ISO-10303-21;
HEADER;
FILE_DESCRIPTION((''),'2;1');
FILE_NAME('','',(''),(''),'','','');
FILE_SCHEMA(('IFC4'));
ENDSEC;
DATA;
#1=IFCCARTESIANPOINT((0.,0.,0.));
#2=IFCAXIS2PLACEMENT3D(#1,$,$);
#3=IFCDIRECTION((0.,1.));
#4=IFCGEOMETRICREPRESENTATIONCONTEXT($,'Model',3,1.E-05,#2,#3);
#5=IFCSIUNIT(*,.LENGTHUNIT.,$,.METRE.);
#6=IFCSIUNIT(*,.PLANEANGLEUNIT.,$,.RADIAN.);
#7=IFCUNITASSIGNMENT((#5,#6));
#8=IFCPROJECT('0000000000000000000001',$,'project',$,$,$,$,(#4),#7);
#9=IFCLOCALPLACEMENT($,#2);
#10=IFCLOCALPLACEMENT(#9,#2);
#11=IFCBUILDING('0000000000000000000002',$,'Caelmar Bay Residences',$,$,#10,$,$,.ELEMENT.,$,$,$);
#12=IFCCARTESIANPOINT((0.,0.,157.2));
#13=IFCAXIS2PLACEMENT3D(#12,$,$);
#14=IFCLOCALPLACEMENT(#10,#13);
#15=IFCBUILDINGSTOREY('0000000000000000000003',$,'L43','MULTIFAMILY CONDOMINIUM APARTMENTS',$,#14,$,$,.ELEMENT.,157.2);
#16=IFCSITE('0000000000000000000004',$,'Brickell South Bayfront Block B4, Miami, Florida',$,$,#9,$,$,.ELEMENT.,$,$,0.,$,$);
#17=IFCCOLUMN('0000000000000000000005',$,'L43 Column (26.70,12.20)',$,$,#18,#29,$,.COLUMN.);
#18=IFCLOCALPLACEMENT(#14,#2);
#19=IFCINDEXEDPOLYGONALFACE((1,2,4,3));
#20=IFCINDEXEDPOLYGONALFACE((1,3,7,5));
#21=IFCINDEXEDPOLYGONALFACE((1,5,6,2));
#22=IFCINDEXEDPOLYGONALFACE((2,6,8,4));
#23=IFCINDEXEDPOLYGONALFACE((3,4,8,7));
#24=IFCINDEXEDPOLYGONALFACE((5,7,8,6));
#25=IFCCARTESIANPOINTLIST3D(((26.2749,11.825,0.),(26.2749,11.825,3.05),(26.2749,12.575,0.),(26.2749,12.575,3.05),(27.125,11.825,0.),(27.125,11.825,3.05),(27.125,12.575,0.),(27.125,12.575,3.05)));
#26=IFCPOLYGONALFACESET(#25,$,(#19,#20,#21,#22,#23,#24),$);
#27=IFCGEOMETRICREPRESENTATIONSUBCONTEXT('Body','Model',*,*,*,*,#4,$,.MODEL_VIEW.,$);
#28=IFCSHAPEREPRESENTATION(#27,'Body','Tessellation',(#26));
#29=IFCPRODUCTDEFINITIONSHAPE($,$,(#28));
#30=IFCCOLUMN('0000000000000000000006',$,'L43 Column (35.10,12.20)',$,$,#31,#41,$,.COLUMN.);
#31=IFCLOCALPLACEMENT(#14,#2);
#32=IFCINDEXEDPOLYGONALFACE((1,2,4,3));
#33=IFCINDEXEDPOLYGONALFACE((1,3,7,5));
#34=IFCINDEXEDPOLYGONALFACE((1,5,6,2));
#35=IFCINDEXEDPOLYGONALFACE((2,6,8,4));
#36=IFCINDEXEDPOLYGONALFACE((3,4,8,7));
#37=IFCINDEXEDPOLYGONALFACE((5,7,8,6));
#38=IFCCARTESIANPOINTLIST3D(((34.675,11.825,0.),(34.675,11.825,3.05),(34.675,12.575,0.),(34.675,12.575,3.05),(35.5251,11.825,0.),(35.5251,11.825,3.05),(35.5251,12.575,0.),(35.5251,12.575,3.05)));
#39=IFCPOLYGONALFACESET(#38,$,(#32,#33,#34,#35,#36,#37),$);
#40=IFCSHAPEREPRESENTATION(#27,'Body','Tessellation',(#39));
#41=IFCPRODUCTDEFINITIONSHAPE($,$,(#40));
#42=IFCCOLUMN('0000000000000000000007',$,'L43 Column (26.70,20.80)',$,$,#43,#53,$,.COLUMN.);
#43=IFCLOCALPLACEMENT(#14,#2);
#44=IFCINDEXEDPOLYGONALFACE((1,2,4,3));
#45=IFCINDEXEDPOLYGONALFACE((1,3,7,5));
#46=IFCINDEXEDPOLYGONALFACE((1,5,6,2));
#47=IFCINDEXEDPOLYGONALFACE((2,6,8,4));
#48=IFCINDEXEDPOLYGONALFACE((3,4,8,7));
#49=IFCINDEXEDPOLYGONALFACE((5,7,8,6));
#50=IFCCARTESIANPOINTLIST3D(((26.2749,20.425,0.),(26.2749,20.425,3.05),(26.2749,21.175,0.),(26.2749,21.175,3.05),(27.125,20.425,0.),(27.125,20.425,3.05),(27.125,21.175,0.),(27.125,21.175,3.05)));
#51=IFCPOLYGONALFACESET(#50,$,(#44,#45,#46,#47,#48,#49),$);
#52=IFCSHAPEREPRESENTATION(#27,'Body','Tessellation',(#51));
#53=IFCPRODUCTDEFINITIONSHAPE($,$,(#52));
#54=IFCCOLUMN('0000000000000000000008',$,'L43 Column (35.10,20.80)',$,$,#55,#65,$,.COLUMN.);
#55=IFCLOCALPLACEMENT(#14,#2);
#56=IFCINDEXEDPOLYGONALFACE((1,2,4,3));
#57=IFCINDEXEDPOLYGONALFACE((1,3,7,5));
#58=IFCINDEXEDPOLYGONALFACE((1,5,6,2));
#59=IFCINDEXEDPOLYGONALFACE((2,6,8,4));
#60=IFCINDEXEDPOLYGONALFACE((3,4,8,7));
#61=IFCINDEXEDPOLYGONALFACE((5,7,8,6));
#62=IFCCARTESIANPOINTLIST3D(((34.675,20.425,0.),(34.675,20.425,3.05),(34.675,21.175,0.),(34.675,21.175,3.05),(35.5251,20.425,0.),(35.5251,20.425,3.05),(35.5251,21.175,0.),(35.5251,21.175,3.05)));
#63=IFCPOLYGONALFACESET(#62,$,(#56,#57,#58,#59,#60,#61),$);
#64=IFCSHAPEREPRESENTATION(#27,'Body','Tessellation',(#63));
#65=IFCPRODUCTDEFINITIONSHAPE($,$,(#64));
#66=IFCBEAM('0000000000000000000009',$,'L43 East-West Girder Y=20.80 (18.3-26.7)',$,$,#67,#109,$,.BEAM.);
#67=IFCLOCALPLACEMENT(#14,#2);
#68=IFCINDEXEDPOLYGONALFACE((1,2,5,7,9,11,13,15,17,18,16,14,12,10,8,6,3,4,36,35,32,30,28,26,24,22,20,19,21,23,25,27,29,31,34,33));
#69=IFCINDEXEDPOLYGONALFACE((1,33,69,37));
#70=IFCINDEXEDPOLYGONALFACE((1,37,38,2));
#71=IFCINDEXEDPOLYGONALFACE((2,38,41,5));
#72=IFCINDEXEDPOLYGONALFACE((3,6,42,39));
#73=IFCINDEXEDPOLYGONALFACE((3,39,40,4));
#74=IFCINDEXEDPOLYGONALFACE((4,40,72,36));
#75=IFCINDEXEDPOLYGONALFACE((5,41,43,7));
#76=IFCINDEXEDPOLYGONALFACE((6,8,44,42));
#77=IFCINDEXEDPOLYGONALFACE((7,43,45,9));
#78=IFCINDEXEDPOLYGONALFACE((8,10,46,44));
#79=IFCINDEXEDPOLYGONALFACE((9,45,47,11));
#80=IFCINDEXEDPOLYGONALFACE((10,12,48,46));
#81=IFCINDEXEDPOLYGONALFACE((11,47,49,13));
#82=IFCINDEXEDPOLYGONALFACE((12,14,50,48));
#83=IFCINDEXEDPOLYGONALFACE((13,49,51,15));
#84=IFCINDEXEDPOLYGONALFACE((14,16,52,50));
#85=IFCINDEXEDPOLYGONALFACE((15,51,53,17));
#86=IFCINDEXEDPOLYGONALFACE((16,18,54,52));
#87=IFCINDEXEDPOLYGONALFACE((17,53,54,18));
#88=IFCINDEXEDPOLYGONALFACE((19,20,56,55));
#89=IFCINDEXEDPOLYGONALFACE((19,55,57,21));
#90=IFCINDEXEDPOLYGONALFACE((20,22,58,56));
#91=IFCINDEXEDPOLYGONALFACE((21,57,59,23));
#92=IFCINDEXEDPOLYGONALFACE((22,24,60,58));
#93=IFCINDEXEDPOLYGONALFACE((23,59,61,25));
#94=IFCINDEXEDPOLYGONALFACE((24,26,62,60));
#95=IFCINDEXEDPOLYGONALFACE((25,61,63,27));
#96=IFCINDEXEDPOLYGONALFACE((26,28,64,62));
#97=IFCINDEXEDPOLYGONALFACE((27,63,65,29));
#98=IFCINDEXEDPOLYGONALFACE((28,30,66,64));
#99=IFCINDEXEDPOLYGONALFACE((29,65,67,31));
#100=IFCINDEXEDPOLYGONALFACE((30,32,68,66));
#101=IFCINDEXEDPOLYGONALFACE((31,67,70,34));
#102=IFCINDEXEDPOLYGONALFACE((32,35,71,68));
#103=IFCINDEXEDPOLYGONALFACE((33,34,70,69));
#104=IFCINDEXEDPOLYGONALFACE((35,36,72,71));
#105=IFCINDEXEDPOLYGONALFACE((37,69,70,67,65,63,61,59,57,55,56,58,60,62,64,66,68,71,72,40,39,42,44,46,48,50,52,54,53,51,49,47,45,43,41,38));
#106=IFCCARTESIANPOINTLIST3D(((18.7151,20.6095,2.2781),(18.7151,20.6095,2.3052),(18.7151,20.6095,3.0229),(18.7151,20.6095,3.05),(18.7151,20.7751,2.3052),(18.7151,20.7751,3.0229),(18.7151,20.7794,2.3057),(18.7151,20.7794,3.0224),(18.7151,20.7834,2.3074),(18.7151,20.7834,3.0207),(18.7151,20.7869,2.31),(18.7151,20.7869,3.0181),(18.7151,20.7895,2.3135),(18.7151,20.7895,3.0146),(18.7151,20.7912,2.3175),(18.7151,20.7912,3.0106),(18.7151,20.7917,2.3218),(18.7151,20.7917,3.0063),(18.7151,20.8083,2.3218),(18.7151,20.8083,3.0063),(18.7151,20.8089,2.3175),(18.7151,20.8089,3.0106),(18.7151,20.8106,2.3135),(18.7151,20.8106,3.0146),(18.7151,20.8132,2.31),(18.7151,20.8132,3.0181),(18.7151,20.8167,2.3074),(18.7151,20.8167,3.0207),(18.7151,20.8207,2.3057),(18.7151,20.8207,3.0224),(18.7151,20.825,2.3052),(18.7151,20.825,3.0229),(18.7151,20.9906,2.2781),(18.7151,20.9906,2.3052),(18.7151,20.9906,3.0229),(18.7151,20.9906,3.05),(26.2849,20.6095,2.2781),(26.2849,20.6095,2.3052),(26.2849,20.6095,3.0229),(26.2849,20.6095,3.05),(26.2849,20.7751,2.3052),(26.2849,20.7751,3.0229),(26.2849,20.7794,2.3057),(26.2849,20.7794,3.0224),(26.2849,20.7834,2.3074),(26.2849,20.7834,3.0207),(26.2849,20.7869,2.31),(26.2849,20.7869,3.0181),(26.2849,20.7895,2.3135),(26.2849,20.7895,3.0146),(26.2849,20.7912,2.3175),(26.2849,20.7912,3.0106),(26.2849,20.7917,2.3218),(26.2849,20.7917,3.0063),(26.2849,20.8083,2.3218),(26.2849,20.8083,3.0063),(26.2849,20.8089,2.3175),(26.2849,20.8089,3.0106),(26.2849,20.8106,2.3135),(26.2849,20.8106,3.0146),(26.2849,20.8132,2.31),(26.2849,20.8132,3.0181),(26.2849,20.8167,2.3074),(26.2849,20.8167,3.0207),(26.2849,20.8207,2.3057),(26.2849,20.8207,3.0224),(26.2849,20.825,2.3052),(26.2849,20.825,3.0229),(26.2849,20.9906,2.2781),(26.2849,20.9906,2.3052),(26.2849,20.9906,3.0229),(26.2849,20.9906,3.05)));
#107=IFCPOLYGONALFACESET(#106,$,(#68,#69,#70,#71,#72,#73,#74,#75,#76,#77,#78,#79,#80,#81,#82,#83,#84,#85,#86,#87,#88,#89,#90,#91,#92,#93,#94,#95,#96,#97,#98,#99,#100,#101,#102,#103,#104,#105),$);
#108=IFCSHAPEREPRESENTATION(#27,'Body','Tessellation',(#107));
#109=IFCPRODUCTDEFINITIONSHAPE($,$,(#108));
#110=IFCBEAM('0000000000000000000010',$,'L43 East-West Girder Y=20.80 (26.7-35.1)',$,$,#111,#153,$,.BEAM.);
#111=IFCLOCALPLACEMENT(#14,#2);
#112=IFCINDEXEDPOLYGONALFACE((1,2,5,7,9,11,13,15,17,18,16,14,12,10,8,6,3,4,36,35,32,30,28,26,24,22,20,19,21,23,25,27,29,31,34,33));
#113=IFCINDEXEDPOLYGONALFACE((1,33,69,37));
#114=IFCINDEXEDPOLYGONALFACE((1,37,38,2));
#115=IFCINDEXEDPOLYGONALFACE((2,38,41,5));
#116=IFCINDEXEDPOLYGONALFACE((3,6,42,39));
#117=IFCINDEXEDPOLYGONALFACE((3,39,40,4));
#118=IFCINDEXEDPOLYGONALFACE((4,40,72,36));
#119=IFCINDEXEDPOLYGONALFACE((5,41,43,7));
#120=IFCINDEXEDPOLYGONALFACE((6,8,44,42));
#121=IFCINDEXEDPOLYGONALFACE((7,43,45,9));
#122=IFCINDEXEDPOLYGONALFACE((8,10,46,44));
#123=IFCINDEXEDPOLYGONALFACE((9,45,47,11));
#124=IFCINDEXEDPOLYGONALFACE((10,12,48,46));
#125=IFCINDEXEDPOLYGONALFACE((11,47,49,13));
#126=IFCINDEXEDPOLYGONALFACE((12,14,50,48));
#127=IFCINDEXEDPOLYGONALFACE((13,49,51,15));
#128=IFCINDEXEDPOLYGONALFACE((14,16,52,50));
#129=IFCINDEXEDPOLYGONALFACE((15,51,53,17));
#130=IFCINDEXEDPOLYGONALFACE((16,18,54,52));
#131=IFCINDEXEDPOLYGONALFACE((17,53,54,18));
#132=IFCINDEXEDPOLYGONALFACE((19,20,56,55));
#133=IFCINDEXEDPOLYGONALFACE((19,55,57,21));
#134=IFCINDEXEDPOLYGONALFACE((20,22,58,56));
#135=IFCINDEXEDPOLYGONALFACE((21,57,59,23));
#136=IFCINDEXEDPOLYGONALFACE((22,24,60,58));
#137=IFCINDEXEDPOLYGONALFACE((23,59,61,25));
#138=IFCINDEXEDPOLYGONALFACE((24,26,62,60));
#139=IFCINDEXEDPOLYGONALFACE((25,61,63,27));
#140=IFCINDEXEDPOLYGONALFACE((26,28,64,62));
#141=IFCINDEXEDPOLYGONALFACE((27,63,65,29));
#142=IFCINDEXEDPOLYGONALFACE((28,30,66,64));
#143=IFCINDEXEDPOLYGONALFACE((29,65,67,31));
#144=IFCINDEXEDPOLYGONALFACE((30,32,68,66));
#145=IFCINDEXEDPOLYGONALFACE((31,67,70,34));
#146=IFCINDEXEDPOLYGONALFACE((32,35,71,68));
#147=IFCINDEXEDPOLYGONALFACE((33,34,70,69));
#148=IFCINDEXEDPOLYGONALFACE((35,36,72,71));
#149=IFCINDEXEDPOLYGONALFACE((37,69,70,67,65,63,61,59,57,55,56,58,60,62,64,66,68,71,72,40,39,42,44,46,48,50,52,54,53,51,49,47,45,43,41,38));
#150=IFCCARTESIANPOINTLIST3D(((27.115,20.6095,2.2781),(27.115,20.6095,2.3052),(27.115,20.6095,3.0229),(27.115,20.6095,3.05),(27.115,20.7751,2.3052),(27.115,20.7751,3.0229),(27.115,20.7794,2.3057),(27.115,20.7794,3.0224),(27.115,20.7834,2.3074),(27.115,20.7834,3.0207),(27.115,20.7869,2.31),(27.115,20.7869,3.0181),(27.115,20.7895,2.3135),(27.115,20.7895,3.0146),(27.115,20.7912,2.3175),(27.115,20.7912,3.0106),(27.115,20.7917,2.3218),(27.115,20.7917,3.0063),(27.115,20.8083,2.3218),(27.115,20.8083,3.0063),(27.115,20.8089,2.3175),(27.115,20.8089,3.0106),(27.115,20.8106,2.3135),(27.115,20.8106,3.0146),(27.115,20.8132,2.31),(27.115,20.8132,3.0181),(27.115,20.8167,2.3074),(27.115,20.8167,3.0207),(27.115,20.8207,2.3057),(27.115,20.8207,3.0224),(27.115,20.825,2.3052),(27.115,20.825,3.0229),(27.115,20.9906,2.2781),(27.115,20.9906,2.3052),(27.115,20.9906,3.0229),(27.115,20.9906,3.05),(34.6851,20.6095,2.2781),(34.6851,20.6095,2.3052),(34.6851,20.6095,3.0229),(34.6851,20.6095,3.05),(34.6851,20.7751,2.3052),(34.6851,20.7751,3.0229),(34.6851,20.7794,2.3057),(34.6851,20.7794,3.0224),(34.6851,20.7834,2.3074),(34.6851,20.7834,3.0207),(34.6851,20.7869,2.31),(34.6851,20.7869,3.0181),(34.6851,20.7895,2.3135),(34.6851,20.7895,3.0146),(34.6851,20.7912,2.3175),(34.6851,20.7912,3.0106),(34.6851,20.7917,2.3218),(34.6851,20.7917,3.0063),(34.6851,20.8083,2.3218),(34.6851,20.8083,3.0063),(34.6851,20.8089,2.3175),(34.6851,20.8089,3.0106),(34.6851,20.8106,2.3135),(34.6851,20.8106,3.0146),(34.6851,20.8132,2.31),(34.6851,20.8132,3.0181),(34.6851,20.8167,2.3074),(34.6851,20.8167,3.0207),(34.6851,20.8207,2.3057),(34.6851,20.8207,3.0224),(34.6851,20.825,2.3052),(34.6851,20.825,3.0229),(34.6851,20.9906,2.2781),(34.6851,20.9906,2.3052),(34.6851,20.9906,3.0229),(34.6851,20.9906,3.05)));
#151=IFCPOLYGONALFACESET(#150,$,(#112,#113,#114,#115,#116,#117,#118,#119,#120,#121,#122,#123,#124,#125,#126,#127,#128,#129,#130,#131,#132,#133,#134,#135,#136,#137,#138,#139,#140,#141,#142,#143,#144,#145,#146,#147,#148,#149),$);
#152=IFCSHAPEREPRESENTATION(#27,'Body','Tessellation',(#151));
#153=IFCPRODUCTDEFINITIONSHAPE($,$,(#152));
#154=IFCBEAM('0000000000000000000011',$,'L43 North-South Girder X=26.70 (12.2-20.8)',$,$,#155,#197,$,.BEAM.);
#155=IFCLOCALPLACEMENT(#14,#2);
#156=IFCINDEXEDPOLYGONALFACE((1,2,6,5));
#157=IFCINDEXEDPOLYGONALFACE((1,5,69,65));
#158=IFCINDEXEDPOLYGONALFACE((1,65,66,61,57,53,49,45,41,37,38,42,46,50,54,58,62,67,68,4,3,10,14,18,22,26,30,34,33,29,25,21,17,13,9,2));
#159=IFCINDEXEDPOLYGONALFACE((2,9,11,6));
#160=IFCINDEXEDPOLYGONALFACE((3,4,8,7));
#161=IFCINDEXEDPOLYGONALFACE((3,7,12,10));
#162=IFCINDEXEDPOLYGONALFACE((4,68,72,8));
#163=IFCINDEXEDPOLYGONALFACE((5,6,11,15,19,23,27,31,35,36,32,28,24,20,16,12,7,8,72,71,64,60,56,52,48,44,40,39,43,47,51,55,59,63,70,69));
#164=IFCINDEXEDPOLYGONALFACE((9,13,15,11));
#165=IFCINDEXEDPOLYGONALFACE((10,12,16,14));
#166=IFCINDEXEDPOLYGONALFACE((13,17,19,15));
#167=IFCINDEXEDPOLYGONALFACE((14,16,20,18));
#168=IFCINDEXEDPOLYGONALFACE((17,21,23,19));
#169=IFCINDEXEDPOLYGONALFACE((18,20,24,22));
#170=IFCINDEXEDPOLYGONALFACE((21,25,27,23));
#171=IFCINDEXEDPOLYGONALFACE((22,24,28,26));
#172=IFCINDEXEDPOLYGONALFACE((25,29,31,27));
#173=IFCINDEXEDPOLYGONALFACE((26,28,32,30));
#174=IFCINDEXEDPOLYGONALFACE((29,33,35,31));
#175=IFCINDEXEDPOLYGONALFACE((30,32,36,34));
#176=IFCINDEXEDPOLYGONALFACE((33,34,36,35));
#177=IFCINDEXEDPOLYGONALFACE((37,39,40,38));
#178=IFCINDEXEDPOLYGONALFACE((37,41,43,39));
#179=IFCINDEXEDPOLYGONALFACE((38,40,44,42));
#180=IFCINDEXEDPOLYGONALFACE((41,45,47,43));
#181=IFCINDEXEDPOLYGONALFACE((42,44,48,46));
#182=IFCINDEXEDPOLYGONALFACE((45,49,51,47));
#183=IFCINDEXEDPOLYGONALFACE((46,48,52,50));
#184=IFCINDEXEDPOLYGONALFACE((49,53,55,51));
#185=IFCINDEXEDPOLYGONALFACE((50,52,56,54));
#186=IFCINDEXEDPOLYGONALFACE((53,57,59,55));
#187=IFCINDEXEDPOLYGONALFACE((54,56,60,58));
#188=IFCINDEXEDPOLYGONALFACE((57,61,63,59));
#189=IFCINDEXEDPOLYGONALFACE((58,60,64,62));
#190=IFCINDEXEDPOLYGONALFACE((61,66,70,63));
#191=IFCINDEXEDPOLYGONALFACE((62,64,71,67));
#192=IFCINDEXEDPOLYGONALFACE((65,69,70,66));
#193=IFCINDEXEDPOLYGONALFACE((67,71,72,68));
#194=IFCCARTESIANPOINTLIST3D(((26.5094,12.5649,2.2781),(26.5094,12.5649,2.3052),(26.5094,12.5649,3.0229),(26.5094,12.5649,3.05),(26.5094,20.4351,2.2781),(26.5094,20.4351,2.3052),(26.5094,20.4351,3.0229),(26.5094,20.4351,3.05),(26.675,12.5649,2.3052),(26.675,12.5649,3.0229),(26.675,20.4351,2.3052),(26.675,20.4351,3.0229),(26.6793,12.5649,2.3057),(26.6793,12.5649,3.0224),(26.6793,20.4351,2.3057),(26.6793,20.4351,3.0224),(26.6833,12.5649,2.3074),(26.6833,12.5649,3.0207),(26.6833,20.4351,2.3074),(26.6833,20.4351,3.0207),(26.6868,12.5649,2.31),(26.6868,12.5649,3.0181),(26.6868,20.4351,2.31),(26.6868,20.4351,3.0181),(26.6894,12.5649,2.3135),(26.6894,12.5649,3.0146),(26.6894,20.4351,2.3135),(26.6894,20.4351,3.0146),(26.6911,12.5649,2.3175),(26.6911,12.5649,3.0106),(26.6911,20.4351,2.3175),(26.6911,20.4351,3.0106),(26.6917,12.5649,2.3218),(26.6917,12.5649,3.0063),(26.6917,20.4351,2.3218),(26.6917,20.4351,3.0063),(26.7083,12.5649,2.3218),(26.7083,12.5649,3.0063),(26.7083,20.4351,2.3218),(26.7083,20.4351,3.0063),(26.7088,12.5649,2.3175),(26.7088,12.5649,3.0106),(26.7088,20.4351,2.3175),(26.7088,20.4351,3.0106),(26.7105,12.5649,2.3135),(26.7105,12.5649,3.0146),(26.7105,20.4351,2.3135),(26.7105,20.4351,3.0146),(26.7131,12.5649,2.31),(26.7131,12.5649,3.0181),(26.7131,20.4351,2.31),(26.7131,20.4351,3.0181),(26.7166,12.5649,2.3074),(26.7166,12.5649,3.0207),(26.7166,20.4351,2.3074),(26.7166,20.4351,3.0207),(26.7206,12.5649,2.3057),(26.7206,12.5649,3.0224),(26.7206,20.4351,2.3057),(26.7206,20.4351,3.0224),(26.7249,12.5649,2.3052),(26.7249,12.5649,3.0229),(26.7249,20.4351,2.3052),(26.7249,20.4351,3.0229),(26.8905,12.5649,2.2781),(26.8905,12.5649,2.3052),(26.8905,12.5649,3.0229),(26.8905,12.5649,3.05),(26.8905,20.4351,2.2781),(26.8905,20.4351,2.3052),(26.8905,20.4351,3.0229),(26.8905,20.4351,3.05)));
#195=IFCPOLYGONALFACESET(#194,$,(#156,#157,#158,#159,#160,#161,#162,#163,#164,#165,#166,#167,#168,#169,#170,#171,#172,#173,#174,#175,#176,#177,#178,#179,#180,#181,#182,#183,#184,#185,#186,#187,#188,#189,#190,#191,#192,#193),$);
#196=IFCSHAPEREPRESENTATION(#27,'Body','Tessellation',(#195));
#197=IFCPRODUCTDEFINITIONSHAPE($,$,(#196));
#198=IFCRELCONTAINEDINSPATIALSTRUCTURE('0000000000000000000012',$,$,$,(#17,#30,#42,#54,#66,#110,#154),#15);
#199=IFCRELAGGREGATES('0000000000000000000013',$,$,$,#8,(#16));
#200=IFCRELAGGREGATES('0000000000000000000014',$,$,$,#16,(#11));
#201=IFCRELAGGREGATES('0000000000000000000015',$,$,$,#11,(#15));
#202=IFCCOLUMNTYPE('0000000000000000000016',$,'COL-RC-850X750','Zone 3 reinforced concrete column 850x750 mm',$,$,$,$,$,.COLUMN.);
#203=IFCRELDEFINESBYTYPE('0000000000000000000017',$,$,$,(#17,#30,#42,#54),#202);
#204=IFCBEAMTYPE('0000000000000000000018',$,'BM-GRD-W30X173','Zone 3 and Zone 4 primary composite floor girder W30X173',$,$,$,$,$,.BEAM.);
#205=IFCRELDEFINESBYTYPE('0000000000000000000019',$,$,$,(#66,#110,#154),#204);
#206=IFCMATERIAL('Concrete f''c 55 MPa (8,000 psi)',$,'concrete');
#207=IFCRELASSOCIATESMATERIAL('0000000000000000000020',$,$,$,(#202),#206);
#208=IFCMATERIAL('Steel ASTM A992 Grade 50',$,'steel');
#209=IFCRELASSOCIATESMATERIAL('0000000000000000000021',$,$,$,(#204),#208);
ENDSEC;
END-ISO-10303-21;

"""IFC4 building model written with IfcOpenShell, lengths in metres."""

from ifc_helpers import new_model, si_unit, direction, frame, origin, origin_2d, place, context, subcontext, project, spatial, rectangle, i_section, extrude, material, material_profile, profile_set, type_object, element, save


model = new_model("IFC4")

# Units and contexts
model_context = context("Model", 3, precision=1e-05, world=origin(), true_north=direction((0.0, 1.0)))
body_context = subcontext(model_context, "Body", "Model", "MODEL_VIEW")
ifc_project = project(units=[si_unit("LENGTHUNIT", "METRE"), si_unit("PLANEANGLEUNIT", "RADIAN")], contexts=[model_context])

# Site, building, storey
site_placement = place(None, origin())
site = spatial("IfcSite", under=ifc_project, at=site_placement, Name="Brickell South Bayfront Block B4, Miami, Florida", CompositionType="ELEMENT", RefElevation=0.0)
building_placement = place(site_placement, origin())
building = spatial("IfcBuilding", under=site, at=building_placement, Name="Caelmar Bay Residences", CompositionType="ELEMENT")
storey_placement = place(building_placement, frame((0.0, 0.0, 157.2)))
storey = spatial("IfcBuildingStorey", under=building, at=storey_placement, Name="L43", Description="MULTIFAMILY CONDOMINIUM APARTMENTS", CompositionType="ELEMENT", Elevation=157.2)

# Columns
ifc_material_1 = material(Name="Concrete f'c 55 MPa (8,000 psi)", Category="concrete")
ifc_material_profile_1 = material_profile(ifc_material_1, rectangle(XDim=0.8501, YDim=0.75, at=origin_2d()), Name="RC-COL-850X750")
ifc_profile_set_1 = profile_set([ifc_material_profile_1], Name="Concrete f'c 55 MPa (8,000 psi)")
column_type = type_object("IfcColumnType", Name="COL-RC-850X750", Description="Zone 3 reinforced concrete column 850x750 mm", PredefinedType="COLUMN", material=ifc_profile_set_1)
for number, where, z_axis, x_axis, name in (
    (1, (26.7, 12.2, 0.0), (0.0, 0.0, 1.0), (1.0, 0.0, 0.0), "L43 Column (26.70,12.20)"),
    (2, (35.1001, 12.2, 0.0), (0.0, 0.0, 1.0), (1.0, 0.0, 0.0), "L43 Column (35.10,12.20)"),
    (3, (26.7, 20.8, 0.0), (0.0, 0.0, 1.0), (1.0, 0.0, 0.0), "L43 Column (26.70,20.80)"),
    (4, (35.1001, 20.8, 0.0), (0.0, 0.0, 1.0), (1.0, 0.0, 0.0), "L43 Column (35.10,20.80)"),
):
    element("IfcColumn", number, at=place(storey_placement, frame(where, z_axis=z_axis, x_axis=x_axis)), inside=storey, type_object=column_type, Name=name, PredefinedType="COLUMN", context=body_context, shape_type="SweptSolid", body=[
        extrude(rectangle(XDim=0.8501, YDim=0.75, at=origin_2d()), origin(), (0.0, 0.0, 1.0), 3.05),
    ])

# Beams
ifc_material_2 = material(Name="Steel ASTM A992 Grade 50", Category="steel")
ifc_material_profile_2 = material_profile(ifc_material_2, i_section(OverallWidth=0.3811, OverallDepth=0.772, WebThickness=0.0166, FlangeThickness=0.0271, FilletRadius=0.0166, at=origin_2d()), Name="W30X173")
ifc_profile_set_2 = profile_set([ifc_material_profile_2], Name="Steel ASTM A992 Grade 50")
beam_type_1 = type_object("IfcBeamType", Name="BM-GRD-W30X173", Description="Zone 3 and Zone 4 primary composite floor girder W30X173", PredefinedType="BEAM", material=ifc_profile_set_2)
beam_1_placement = place(storey_placement, frame((18.7151, 20.8, 2.6641), z_axis=(1.0, 0.0, 0.0), x_axis=(0.0, 1.0, 0.0)))
element("IfcBeam", 5, at=beam_1_placement, inside=storey, type_object=beam_type_1, Name="L43 East-West Girder Y=20.80 (18.3-26.7)", PredefinedType="BEAM", context=body_context, shape_type="SweptSolid", body=[
    extrude(i_section(OverallWidth=0.3811, OverallDepth=0.772, WebThickness=0.0166, FlangeThickness=0.0271, FilletRadius=0.0166, at=origin_2d()), origin(), (0.0, 0.0, 1.0), 7.5698),
])
beam_2_placement = place(storey_placement, frame((27.115, 20.8, 2.6641), z_axis=(1.0, 0.0, 0.0), x_axis=(0.0, 1.0, 0.0)))
element("IfcBeam", 6, at=beam_2_placement, inside=storey, type_object=beam_type_1, Name="L43 East-West Girder Y=20.80 (26.7-35.1)", PredefinedType="BEAM", context=body_context, shape_type="SweptSolid", body=[
    extrude(i_section(OverallWidth=0.3811, OverallDepth=0.772, WebThickness=0.0166, FlangeThickness=0.0271, FilletRadius=0.0166, at=origin_2d()), origin(), (0.0, 0.0, 1.0), 7.5701),
])
for number, where, z_axis, x_axis, name in (
    (7, (26.7, 12.5649, 2.6641), (0.0, 1.0, 0.0), (-1.0, 0.0, 0.0), "L43 North-South Girder X=26.70 (12.2-20.8)"),
):
    element("IfcBeam", number, at=place(storey_placement, frame(where, z_axis=z_axis, x_axis=x_axis)), inside=storey, type_object=beam_type_1, Name=name, PredefinedType="BEAM", context=body_context, shape_type="SweptSolid", body=[
        extrude(i_section(OverallWidth=0.3811, OverallDepth=0.772, WebThickness=0.0166, FlangeThickness=0.0271, FilletRadius=0.0166, at=origin_2d()), origin(), (0.0, 0.0, 1.0), 7.8701),
    ])

save(model, "model.ifc")
